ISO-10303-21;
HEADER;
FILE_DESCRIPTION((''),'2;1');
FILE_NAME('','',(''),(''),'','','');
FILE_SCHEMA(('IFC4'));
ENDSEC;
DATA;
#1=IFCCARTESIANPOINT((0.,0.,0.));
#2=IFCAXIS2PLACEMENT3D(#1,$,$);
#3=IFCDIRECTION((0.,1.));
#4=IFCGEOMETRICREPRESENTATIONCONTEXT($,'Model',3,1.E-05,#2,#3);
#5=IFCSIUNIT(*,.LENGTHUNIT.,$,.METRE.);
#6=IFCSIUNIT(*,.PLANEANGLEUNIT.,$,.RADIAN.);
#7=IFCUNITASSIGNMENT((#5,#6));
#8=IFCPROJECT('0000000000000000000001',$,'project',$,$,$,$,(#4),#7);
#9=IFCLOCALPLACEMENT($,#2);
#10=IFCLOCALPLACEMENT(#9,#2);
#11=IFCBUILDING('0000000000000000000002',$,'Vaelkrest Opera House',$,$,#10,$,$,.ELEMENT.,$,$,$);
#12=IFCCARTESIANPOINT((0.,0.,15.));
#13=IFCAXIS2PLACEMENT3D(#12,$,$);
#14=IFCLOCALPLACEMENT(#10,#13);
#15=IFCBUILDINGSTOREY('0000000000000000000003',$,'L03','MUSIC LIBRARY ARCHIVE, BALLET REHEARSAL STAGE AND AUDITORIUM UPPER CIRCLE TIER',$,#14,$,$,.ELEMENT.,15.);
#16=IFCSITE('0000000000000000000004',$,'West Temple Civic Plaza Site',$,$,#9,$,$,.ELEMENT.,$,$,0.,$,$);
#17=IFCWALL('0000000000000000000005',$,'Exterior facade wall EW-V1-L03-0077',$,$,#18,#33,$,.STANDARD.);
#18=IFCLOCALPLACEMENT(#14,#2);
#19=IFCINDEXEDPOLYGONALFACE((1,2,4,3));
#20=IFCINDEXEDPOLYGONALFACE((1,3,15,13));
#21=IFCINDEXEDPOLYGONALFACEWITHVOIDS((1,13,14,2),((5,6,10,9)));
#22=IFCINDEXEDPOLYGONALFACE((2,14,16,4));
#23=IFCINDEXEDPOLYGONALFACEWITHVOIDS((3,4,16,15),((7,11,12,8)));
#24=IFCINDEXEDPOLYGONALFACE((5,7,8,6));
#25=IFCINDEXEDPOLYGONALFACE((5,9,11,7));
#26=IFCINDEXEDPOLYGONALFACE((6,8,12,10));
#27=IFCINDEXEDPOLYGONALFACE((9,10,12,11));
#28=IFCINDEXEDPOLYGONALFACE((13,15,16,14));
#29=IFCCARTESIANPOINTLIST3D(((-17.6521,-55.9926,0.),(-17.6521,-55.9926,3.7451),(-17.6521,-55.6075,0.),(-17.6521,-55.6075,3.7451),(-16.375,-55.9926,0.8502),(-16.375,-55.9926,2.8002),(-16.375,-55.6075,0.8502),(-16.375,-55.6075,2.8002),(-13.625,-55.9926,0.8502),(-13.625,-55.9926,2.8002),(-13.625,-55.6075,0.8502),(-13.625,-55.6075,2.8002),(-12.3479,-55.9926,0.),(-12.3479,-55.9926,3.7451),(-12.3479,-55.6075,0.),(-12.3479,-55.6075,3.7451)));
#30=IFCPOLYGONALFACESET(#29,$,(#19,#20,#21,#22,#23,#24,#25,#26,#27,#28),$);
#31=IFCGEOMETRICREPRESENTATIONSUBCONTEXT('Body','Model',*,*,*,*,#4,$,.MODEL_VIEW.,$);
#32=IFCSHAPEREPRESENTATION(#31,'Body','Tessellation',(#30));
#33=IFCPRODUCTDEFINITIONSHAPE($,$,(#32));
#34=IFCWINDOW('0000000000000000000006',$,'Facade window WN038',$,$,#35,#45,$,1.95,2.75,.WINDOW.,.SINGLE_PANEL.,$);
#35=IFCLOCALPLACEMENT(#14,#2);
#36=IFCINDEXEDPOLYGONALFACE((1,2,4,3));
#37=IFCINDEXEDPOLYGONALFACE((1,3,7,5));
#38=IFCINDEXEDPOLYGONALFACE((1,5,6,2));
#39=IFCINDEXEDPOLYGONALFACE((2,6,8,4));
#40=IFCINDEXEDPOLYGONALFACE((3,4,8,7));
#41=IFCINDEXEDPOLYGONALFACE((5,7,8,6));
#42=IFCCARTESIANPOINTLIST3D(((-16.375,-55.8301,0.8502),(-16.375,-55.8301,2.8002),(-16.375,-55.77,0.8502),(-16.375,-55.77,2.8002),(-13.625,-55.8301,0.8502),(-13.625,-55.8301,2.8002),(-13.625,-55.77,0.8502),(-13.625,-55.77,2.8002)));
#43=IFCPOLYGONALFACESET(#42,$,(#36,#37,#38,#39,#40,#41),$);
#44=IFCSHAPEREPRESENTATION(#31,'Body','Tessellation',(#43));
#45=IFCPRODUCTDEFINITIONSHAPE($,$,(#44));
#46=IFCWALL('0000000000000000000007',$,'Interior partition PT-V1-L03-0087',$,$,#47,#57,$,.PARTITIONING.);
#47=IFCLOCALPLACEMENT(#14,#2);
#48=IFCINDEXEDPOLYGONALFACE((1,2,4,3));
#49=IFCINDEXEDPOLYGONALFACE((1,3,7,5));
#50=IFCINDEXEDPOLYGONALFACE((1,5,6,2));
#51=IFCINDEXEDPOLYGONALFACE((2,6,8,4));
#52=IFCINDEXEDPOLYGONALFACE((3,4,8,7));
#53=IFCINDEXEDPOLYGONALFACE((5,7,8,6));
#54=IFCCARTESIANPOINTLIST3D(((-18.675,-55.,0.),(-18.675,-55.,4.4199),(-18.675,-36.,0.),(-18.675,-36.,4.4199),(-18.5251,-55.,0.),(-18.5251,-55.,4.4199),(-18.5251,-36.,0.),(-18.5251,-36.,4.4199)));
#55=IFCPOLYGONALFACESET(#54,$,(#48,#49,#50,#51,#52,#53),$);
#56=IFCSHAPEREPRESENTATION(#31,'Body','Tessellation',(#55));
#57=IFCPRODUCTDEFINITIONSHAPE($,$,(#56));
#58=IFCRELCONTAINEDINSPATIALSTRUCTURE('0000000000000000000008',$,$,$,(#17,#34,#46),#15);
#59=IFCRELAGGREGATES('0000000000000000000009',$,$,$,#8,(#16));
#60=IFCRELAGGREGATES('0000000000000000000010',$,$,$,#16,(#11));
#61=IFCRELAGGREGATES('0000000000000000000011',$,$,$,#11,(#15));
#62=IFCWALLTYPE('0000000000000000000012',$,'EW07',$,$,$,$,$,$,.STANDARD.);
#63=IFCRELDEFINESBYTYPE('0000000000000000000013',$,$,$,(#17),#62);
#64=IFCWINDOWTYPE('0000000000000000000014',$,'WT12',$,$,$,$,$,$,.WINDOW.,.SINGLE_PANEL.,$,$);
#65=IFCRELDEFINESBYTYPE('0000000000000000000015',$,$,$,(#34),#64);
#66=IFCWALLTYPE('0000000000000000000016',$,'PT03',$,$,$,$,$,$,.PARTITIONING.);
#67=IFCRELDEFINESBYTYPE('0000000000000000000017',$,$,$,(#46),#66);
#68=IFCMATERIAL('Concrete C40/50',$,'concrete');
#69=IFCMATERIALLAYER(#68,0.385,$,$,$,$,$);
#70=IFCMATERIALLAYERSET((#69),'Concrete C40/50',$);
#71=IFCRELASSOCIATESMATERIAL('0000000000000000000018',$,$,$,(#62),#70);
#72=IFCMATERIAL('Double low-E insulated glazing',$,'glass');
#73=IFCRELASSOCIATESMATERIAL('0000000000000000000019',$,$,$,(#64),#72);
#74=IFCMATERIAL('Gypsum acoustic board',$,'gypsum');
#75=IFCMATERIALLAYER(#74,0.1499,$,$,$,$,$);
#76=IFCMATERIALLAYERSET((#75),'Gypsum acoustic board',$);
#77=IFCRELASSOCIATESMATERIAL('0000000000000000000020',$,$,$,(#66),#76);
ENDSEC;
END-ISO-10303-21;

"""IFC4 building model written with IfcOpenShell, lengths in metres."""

from ifc_helpers import new_model, si_unit, direction, frame, frame_2d, origin, place, context, subcontext, project, spatial, rectangle, extrude, material, layer, layer_set, type_object, element, fill, save


model = new_model("IFC4")

# Units and contexts
model_context = context("Model", 3, precision=1e-05, world=origin(), true_north=direction((0.0, 1.0)))
body_context = subcontext(model_context, "Body", "Model", "MODEL_VIEW")
ifc_project = project(units=[si_unit("LENGTHUNIT", "METRE"), si_unit("PLANEANGLEUNIT", "RADIAN")], contexts=[model_context])

# Site, building, storey
site_placement = place(None, origin())
site = spatial("IfcSite", under=ifc_project, at=site_placement, Name="West Temple Civic Plaza Site", CompositionType="ELEMENT", RefElevation=0.0)
building_placement = place(site_placement, origin())
building = spatial("IfcBuilding", under=site, at=building_placement, Name="Vaelkrest Opera House", CompositionType="ELEMENT")
storey_placement = place(building_placement, frame((0.0, 0.0, 15.0)))
storey = spatial("IfcBuildingStorey", under=building, at=storey_placement, Name="L03", Description="MUSIC LIBRARY ARCHIVE, BALLET REHEARSAL STAGE AND AUDITORIUM UPPER CIRCLE TIER", CompositionType="ELEMENT", Elevation=15.0)

# Shared definitions
ifc_material_1 = material(Name="Double low-E insulated glazing", Category="glass")

# Wall, opening, window
ifc_material_2 = material(Name="Concrete C40/50", Category="concrete")
ifc_layer_1 = layer(ifc_material_2, 0.385)
ifc_layer_set_1 = layer_set([ifc_layer_1], Name="Concrete C40/50")
wall_type_1 = type_object("IfcWallType", Name="EW07", PredefinedType="STANDARD", material=ifc_layer_set_1)
wall_1_placement = place(storey_placement, frame((-12.3479, -55.8, 0.0), z_axis=(0.0, 0.0, 1.0), x_axis=(-1.0, 0.0, 0.0)))
wall_1 = element("IfcWall", 1, at=wall_1_placement, inside=storey, type_object=wall_type_1, Name="Exterior facade wall EW-V1-L03-0077", PredefinedType="STANDARD", context=body_context, shape_type="SweptSolid", body=[
    extrude(rectangle(XDim=5.3042, YDim=0.385, at=frame_2d((2.6521, 0.0))), origin(), (0.0, 0.0, 1.0), 3.7451),
])
opening_placement = place(wall_1_placement, frame((1.2771, 0.0, 0.8501)))
opening = element("IfcOpeningElement", 2, at=opening_placement, cuts=wall_1, PredefinedType="OPENING", context=body_context, shape_type="SweptSolid", body=[
    extrude(rectangle(XDim=2.75, YDim=1.95, at=frame_2d((1.375, 0.9751))), frame((0.0, 0.2024, 0.0), z_axis=(0.0, -1.0, 0.0), x_axis=(1.0, 0.0, 0.0)), (0.0, 0.0, 1.0), 0.405),
])
window_type = type_object("IfcWindowType", Name="WT12", PartitioningType="SINGLE_PANEL", PredefinedType="WINDOW", material=ifc_material_1)
window_placement = place(opening_placement, origin())
window = element("IfcWindow", 3, at=window_placement, inside=storey, type_object=window_type, Name="Facade window WN038", OverallHeight=1.95, OverallWidth=2.75, PartitioningType="SINGLE_PANEL", PredefinedType="WINDOW", context=body_context, shape_type="SweptSolid", body=[
    extrude(rectangle(XDim=2.75, YDim=1.95, at=frame_2d((1.375, 0.9751))), frame((0.0, 0.03, 0.0), z_axis=(0.0, -1.0, 0.0), x_axis=(1.0, 0.0, 0.0)), (0.0, 0.0, 1.0), 0.0601),
])
fill(opening, window)

# Wall
ifc_material_3 = material(Name="Gypsum acoustic board", Category="gypsum")
ifc_layer_2 = layer(ifc_material_3, 0.1499)
ifc_layer_set_2 = layer_set([ifc_layer_2], Name="Gypsum acoustic board")
wall_type_2 = type_object("IfcWallType", Name="PT03", PredefinedType="PARTITIONING", material=ifc_layer_set_2)
wall_2_placement = place(storey_placement, frame((-18.6001, -55.0, 0.0), z_axis=(0.0, 0.0, 1.0), x_axis=(0.0, 1.0, 0.0)))
element("IfcWall", 4, at=wall_2_placement, inside=storey, type_object=wall_type_2, Name="Interior partition PT-V1-L03-0087", PredefinedType="PARTITIONING", context=body_context, shape_type="SweptSolid", body=[
    extrude(rectangle(XDim=19.0, YDim=0.1499, at=frame_2d((9.5, 0.0))), origin(), (0.0, 0.0, 1.0), 4.4199),
])

save(model, "model.ifc")
